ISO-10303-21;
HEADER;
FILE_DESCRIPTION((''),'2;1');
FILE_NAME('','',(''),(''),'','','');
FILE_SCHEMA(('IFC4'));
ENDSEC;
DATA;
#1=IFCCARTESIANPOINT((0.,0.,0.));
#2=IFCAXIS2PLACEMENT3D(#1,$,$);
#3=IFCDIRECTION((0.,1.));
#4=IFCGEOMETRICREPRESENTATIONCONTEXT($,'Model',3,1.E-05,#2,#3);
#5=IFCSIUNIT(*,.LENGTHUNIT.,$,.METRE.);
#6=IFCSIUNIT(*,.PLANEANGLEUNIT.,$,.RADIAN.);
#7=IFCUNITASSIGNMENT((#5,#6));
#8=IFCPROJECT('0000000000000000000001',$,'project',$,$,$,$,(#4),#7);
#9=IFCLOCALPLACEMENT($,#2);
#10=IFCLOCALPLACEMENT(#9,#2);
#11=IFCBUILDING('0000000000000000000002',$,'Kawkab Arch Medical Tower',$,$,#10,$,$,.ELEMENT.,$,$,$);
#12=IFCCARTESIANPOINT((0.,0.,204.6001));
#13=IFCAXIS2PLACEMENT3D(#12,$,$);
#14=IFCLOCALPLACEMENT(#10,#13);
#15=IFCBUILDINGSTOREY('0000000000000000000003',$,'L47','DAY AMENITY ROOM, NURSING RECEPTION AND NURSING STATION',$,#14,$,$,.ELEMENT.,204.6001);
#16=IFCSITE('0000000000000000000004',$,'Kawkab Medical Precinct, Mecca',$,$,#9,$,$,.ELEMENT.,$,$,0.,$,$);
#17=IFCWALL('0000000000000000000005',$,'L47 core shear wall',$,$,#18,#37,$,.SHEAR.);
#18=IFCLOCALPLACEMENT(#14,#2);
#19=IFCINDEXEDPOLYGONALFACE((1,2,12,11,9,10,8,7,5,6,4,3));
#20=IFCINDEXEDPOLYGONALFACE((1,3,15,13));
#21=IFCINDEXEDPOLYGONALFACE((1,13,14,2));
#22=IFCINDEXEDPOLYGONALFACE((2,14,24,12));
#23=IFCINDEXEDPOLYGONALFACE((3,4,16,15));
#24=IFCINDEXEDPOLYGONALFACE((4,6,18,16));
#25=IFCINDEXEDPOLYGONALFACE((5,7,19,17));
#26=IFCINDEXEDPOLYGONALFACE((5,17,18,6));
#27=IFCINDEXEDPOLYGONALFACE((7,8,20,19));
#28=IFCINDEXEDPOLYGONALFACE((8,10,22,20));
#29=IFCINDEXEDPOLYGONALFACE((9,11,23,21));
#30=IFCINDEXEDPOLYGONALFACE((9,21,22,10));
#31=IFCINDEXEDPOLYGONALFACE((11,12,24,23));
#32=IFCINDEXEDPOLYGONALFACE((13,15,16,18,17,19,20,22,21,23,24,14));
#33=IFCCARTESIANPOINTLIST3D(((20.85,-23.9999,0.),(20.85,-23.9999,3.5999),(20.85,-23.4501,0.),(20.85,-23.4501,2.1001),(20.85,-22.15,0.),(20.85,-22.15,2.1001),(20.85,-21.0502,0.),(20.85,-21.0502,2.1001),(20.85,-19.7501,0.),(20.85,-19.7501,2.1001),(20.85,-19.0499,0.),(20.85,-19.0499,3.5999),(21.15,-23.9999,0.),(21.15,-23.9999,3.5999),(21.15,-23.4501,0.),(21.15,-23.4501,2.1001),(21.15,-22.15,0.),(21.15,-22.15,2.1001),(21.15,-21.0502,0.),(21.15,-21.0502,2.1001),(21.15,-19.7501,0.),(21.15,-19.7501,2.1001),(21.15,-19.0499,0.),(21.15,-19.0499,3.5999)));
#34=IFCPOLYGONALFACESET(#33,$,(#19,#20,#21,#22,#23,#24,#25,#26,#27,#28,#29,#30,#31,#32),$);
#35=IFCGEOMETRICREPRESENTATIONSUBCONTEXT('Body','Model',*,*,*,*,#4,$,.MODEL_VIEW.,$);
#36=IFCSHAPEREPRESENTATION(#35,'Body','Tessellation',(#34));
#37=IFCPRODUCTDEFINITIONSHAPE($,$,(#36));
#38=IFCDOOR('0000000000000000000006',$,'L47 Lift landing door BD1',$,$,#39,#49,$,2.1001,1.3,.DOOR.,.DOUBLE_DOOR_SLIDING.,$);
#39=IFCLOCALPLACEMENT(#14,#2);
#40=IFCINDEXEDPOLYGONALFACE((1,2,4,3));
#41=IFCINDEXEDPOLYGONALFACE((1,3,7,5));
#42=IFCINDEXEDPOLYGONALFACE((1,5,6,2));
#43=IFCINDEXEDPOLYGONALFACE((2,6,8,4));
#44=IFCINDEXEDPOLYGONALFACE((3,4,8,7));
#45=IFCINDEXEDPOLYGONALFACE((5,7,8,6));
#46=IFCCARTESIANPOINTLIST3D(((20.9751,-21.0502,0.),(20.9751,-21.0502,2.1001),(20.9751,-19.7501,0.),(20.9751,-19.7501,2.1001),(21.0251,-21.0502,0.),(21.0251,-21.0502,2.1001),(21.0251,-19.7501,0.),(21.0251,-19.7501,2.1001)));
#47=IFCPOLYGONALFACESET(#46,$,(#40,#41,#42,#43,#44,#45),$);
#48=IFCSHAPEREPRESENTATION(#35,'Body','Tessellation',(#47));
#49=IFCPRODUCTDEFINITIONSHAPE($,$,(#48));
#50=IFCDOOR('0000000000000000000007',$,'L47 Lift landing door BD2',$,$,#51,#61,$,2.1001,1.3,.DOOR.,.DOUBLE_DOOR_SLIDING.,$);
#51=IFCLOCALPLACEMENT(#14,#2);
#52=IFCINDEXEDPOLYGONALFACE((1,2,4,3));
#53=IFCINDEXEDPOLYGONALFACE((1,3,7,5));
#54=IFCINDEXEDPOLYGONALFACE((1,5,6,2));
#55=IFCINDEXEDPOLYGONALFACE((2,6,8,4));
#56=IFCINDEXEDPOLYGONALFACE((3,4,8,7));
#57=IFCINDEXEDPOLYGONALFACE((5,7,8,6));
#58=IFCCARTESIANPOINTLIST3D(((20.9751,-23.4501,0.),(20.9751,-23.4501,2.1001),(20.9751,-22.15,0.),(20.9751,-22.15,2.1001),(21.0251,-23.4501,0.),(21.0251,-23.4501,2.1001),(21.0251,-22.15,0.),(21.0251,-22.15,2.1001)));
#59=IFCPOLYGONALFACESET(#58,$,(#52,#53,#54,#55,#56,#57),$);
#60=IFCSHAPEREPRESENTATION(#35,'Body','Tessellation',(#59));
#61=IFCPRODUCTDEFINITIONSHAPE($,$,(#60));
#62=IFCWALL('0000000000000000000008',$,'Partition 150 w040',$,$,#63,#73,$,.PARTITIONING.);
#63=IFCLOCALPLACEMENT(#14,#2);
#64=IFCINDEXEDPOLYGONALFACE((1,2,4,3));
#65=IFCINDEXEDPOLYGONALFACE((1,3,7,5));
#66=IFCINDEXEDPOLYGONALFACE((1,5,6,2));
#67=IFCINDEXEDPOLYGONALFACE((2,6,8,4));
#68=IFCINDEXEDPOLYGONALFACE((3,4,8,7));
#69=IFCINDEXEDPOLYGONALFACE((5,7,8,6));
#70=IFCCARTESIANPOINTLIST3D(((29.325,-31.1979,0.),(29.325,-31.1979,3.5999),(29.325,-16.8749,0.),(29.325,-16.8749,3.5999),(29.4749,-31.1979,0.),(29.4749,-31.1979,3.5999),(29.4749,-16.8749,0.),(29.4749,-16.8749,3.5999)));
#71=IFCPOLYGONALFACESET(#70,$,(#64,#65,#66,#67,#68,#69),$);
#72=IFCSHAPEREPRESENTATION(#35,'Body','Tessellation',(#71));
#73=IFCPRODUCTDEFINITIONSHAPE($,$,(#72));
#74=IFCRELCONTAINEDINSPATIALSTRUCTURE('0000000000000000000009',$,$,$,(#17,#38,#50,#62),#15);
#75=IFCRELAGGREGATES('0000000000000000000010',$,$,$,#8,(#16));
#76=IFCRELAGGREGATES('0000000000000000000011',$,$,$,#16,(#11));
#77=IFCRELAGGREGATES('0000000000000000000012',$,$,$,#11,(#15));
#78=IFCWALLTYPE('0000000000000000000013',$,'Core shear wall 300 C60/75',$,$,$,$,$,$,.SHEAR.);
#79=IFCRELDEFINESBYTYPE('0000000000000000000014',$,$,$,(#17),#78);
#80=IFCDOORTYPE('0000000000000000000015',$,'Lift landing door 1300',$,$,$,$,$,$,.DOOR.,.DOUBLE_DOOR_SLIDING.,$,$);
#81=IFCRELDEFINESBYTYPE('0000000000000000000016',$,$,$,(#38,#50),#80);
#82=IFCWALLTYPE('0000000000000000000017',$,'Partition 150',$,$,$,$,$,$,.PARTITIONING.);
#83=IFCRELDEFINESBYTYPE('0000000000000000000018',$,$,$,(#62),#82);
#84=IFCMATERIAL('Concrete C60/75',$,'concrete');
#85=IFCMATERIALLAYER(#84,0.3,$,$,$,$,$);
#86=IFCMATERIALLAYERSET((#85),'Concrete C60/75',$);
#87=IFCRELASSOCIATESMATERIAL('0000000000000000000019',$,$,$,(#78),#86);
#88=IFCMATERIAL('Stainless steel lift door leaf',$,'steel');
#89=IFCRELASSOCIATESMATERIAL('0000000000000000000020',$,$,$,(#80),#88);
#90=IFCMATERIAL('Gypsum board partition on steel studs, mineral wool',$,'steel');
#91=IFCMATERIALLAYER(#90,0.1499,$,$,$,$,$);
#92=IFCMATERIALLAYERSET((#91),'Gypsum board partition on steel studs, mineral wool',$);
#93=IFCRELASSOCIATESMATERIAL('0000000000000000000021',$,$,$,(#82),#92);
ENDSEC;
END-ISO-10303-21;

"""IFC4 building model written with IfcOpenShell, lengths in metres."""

from ifc_helpers import new_model, si_unit, direction, frame, frame_2d, origin, place, context, subcontext, project, spatial, rectangle, extrude, material, layer, layer_set, type_object, element, fill, save


model = new_model("IFC4")

# Units and contexts
model_context = context("Model", 3, precision=1e-05, world=origin(), true_north=direction((0.0, 1.0)))
body_context = subcontext(model_context, "Body", "Model", "MODEL_VIEW")
ifc_project = project(units=[si_unit("LENGTHUNIT", "METRE"), si_unit("PLANEANGLEUNIT", "RADIAN")], contexts=[model_context])

# Site, building, storey
site_placement = place(None, origin())
site = spatial("IfcSite", under=ifc_project, at=site_placement, Name="Kawkab Medical Precinct, Mecca", CompositionType="ELEMENT", RefElevation=0.0)
building_placement = place(site_placement, origin())
building = spatial("IfcBuilding", under=site, at=building_placement, Name="Kawkab Arch Medical Tower", CompositionType="ELEMENT")
storey_placement = place(building_placement, frame((0.0, 0.0, 204.6001)))
storey = spatial("IfcBuildingStorey", under=building, at=storey_placement, Name="L47", Description="DAY AMENITY ROOM, NURSING RECEPTION AND NURSING STATION", CompositionType="ELEMENT", Elevation=204.6001)

# Shared definitions
ifc_material_1 = material(Name="Concrete C60/75", Category="concrete")
ifc_layer_1 = layer(ifc_material_1, 0.3)
ifc_layer_set_1 = layer_set([ifc_layer_1], Name="Concrete C60/75")
wall_type_1 = type_object("IfcWallType", Name="Core shear wall 300 C60/75", PredefinedType="SHEAR", material=ifc_layer_set_1)

# Wall, openings, doors
wall_1_placement = place(storey_placement, frame((21.0, -24.0, 0.0), z_axis=(0.0, 0.0, 1.0), x_axis=(0.0, 1.0, 0.0)))
wall_1 = element("IfcWall", 1, at=wall_1_placement, inside=storey, type_object=wall_type_1, Name="L47 core shear wall", PredefinedType="SHEAR", context=body_context, shape_type="SweptSolid", body=[
    extrude(rectangle(XDim=4.95, YDim=0.3, at=frame_2d((2.4751, 0.0))), origin(), (0.0, 0.0, 1.0), 3.5999),
])
opening_1_placement = place(wall_1_placement, frame((2.95, 0.0, 0.0)))
opening_1 = element("IfcOpeningElement", 2, at=opening_1_placement, cuts=wall_1, PredefinedType="OPENING", context=body_context, shape_type="SweptSolid", body=[
    extrude(rectangle(XDim=1.3, YDim=2.1001, at=frame_2d((0.6499, 1.05))), frame((0.0, 0.1599, 0.0), z_axis=(0.0, -1.0, 0.0), x_axis=(1.0, 0.0, 0.0)), (0.0, 0.0, 1.0), 0.3201),
])
opening_2_placement = place(wall_1_placement, frame((0.55, 0.0, 0.0)))
opening_2 = element("IfcOpeningElement", 3, at=opening_2_placement, cuts=wall_1, PredefinedType="OPENING", context=body_context, shape_type="SweptSolid", body=[
    extrude(rectangle(XDim=1.3, YDim=2.1001, at=frame_2d((0.6499, 1.05))), frame((0.0, 0.1599, 0.0), z_axis=(0.0, -1.0, 0.0), x_axis=(1.0, 0.0, 0.0)), (0.0, 0.0, 1.0), 0.3201),
])
ifc_material_2 = material(Name="Stainless steel lift door leaf", Category="steel")
door_type_1 = type_object("IfcDoorType", Name="Lift landing door 1300", OperationType="DOUBLE_DOOR_SLIDING", PredefinedType="DOOR", material=ifc_material_2)
door_1_placement = place(opening_1_placement, origin())
door_1 = element("IfcDoor", 4, at=door_1_placement, inside=storey, type_object=door_type_1, Name="L47 Lift landing door BD1", OperationType="DOUBLE_DOOR_SLIDING", OverallHeight=2.1001, OverallWidth=1.3, PredefinedType="DOOR", context=body_context, shape_type="SweptSolid", body=[
    extrude(rectangle(XDim=1.3, YDim=2.1001, at=frame_2d((0.6499, 1.05))), frame((0.0, 0.0249, 0.0), z_axis=(0.0, -1.0, 0.0), x_axis=(1.0, 0.0, 0.0)), (0.0, 0.0, 1.0), 0.05),
])
fill(opening_1, door_1)
door_2_placement = place(opening_2_placement, origin())
door_2 = element("IfcDoor", 5, at=door_2_placement, inside=storey, type_object=door_type_1, Name="L47 Lift landing door BD2", OperationType="DOUBLE_DOOR_SLIDING", OverallHeight=2.1001, OverallWidth=1.3, PredefinedType="DOOR", context=body_context, shape_type="SweptSolid", body=[
    extrude(rectangle(XDim=1.3, YDim=2.1001, at=frame_2d((0.6499, 1.05))), frame((0.0, 0.0249, 0.0), z_axis=(0.0, -1.0, 0.0), x_axis=(1.0, 0.0, 0.0)), (0.0, 0.0, 1.0), 0.05),
])
fill(opening_2, door_2)
ifc_material_3 = material(Name="Gypsum board partition on steel studs, mineral wool", Category="steel")
ifc_layer_2 = layer(ifc_material_3, 0.1499)
ifc_layer_set_2 = layer_set([ifc_layer_2], Name="Gypsum board partition on steel studs, mineral wool")
wall_type_2 = type_object("IfcWallType", Name="Partition 150", PredefinedType="PARTITIONING", material=ifc_layer_set_2)

# Wall
wall_2_placement = place(storey_placement, frame((29.3999, -31.198, 0.0), z_axis=(0.0, 0.0, 1.0), x_axis=(0.0, 1.0, 0.0)))
element("IfcWall", 6, at=wall_2_placement, inside=storey, type_object=wall_type_2, Name="Partition 150 w040", PredefinedType="PARTITIONING", context=body_context, shape_type="SweptSolid", body=[
    extrude(rectangle(XDim=14.323, YDim=0.1499, at=frame_2d((7.1616, 0.0))), origin(), (0.0, 0.0, 1.0), 3.5999),
])

save(model, "model.ifc")
